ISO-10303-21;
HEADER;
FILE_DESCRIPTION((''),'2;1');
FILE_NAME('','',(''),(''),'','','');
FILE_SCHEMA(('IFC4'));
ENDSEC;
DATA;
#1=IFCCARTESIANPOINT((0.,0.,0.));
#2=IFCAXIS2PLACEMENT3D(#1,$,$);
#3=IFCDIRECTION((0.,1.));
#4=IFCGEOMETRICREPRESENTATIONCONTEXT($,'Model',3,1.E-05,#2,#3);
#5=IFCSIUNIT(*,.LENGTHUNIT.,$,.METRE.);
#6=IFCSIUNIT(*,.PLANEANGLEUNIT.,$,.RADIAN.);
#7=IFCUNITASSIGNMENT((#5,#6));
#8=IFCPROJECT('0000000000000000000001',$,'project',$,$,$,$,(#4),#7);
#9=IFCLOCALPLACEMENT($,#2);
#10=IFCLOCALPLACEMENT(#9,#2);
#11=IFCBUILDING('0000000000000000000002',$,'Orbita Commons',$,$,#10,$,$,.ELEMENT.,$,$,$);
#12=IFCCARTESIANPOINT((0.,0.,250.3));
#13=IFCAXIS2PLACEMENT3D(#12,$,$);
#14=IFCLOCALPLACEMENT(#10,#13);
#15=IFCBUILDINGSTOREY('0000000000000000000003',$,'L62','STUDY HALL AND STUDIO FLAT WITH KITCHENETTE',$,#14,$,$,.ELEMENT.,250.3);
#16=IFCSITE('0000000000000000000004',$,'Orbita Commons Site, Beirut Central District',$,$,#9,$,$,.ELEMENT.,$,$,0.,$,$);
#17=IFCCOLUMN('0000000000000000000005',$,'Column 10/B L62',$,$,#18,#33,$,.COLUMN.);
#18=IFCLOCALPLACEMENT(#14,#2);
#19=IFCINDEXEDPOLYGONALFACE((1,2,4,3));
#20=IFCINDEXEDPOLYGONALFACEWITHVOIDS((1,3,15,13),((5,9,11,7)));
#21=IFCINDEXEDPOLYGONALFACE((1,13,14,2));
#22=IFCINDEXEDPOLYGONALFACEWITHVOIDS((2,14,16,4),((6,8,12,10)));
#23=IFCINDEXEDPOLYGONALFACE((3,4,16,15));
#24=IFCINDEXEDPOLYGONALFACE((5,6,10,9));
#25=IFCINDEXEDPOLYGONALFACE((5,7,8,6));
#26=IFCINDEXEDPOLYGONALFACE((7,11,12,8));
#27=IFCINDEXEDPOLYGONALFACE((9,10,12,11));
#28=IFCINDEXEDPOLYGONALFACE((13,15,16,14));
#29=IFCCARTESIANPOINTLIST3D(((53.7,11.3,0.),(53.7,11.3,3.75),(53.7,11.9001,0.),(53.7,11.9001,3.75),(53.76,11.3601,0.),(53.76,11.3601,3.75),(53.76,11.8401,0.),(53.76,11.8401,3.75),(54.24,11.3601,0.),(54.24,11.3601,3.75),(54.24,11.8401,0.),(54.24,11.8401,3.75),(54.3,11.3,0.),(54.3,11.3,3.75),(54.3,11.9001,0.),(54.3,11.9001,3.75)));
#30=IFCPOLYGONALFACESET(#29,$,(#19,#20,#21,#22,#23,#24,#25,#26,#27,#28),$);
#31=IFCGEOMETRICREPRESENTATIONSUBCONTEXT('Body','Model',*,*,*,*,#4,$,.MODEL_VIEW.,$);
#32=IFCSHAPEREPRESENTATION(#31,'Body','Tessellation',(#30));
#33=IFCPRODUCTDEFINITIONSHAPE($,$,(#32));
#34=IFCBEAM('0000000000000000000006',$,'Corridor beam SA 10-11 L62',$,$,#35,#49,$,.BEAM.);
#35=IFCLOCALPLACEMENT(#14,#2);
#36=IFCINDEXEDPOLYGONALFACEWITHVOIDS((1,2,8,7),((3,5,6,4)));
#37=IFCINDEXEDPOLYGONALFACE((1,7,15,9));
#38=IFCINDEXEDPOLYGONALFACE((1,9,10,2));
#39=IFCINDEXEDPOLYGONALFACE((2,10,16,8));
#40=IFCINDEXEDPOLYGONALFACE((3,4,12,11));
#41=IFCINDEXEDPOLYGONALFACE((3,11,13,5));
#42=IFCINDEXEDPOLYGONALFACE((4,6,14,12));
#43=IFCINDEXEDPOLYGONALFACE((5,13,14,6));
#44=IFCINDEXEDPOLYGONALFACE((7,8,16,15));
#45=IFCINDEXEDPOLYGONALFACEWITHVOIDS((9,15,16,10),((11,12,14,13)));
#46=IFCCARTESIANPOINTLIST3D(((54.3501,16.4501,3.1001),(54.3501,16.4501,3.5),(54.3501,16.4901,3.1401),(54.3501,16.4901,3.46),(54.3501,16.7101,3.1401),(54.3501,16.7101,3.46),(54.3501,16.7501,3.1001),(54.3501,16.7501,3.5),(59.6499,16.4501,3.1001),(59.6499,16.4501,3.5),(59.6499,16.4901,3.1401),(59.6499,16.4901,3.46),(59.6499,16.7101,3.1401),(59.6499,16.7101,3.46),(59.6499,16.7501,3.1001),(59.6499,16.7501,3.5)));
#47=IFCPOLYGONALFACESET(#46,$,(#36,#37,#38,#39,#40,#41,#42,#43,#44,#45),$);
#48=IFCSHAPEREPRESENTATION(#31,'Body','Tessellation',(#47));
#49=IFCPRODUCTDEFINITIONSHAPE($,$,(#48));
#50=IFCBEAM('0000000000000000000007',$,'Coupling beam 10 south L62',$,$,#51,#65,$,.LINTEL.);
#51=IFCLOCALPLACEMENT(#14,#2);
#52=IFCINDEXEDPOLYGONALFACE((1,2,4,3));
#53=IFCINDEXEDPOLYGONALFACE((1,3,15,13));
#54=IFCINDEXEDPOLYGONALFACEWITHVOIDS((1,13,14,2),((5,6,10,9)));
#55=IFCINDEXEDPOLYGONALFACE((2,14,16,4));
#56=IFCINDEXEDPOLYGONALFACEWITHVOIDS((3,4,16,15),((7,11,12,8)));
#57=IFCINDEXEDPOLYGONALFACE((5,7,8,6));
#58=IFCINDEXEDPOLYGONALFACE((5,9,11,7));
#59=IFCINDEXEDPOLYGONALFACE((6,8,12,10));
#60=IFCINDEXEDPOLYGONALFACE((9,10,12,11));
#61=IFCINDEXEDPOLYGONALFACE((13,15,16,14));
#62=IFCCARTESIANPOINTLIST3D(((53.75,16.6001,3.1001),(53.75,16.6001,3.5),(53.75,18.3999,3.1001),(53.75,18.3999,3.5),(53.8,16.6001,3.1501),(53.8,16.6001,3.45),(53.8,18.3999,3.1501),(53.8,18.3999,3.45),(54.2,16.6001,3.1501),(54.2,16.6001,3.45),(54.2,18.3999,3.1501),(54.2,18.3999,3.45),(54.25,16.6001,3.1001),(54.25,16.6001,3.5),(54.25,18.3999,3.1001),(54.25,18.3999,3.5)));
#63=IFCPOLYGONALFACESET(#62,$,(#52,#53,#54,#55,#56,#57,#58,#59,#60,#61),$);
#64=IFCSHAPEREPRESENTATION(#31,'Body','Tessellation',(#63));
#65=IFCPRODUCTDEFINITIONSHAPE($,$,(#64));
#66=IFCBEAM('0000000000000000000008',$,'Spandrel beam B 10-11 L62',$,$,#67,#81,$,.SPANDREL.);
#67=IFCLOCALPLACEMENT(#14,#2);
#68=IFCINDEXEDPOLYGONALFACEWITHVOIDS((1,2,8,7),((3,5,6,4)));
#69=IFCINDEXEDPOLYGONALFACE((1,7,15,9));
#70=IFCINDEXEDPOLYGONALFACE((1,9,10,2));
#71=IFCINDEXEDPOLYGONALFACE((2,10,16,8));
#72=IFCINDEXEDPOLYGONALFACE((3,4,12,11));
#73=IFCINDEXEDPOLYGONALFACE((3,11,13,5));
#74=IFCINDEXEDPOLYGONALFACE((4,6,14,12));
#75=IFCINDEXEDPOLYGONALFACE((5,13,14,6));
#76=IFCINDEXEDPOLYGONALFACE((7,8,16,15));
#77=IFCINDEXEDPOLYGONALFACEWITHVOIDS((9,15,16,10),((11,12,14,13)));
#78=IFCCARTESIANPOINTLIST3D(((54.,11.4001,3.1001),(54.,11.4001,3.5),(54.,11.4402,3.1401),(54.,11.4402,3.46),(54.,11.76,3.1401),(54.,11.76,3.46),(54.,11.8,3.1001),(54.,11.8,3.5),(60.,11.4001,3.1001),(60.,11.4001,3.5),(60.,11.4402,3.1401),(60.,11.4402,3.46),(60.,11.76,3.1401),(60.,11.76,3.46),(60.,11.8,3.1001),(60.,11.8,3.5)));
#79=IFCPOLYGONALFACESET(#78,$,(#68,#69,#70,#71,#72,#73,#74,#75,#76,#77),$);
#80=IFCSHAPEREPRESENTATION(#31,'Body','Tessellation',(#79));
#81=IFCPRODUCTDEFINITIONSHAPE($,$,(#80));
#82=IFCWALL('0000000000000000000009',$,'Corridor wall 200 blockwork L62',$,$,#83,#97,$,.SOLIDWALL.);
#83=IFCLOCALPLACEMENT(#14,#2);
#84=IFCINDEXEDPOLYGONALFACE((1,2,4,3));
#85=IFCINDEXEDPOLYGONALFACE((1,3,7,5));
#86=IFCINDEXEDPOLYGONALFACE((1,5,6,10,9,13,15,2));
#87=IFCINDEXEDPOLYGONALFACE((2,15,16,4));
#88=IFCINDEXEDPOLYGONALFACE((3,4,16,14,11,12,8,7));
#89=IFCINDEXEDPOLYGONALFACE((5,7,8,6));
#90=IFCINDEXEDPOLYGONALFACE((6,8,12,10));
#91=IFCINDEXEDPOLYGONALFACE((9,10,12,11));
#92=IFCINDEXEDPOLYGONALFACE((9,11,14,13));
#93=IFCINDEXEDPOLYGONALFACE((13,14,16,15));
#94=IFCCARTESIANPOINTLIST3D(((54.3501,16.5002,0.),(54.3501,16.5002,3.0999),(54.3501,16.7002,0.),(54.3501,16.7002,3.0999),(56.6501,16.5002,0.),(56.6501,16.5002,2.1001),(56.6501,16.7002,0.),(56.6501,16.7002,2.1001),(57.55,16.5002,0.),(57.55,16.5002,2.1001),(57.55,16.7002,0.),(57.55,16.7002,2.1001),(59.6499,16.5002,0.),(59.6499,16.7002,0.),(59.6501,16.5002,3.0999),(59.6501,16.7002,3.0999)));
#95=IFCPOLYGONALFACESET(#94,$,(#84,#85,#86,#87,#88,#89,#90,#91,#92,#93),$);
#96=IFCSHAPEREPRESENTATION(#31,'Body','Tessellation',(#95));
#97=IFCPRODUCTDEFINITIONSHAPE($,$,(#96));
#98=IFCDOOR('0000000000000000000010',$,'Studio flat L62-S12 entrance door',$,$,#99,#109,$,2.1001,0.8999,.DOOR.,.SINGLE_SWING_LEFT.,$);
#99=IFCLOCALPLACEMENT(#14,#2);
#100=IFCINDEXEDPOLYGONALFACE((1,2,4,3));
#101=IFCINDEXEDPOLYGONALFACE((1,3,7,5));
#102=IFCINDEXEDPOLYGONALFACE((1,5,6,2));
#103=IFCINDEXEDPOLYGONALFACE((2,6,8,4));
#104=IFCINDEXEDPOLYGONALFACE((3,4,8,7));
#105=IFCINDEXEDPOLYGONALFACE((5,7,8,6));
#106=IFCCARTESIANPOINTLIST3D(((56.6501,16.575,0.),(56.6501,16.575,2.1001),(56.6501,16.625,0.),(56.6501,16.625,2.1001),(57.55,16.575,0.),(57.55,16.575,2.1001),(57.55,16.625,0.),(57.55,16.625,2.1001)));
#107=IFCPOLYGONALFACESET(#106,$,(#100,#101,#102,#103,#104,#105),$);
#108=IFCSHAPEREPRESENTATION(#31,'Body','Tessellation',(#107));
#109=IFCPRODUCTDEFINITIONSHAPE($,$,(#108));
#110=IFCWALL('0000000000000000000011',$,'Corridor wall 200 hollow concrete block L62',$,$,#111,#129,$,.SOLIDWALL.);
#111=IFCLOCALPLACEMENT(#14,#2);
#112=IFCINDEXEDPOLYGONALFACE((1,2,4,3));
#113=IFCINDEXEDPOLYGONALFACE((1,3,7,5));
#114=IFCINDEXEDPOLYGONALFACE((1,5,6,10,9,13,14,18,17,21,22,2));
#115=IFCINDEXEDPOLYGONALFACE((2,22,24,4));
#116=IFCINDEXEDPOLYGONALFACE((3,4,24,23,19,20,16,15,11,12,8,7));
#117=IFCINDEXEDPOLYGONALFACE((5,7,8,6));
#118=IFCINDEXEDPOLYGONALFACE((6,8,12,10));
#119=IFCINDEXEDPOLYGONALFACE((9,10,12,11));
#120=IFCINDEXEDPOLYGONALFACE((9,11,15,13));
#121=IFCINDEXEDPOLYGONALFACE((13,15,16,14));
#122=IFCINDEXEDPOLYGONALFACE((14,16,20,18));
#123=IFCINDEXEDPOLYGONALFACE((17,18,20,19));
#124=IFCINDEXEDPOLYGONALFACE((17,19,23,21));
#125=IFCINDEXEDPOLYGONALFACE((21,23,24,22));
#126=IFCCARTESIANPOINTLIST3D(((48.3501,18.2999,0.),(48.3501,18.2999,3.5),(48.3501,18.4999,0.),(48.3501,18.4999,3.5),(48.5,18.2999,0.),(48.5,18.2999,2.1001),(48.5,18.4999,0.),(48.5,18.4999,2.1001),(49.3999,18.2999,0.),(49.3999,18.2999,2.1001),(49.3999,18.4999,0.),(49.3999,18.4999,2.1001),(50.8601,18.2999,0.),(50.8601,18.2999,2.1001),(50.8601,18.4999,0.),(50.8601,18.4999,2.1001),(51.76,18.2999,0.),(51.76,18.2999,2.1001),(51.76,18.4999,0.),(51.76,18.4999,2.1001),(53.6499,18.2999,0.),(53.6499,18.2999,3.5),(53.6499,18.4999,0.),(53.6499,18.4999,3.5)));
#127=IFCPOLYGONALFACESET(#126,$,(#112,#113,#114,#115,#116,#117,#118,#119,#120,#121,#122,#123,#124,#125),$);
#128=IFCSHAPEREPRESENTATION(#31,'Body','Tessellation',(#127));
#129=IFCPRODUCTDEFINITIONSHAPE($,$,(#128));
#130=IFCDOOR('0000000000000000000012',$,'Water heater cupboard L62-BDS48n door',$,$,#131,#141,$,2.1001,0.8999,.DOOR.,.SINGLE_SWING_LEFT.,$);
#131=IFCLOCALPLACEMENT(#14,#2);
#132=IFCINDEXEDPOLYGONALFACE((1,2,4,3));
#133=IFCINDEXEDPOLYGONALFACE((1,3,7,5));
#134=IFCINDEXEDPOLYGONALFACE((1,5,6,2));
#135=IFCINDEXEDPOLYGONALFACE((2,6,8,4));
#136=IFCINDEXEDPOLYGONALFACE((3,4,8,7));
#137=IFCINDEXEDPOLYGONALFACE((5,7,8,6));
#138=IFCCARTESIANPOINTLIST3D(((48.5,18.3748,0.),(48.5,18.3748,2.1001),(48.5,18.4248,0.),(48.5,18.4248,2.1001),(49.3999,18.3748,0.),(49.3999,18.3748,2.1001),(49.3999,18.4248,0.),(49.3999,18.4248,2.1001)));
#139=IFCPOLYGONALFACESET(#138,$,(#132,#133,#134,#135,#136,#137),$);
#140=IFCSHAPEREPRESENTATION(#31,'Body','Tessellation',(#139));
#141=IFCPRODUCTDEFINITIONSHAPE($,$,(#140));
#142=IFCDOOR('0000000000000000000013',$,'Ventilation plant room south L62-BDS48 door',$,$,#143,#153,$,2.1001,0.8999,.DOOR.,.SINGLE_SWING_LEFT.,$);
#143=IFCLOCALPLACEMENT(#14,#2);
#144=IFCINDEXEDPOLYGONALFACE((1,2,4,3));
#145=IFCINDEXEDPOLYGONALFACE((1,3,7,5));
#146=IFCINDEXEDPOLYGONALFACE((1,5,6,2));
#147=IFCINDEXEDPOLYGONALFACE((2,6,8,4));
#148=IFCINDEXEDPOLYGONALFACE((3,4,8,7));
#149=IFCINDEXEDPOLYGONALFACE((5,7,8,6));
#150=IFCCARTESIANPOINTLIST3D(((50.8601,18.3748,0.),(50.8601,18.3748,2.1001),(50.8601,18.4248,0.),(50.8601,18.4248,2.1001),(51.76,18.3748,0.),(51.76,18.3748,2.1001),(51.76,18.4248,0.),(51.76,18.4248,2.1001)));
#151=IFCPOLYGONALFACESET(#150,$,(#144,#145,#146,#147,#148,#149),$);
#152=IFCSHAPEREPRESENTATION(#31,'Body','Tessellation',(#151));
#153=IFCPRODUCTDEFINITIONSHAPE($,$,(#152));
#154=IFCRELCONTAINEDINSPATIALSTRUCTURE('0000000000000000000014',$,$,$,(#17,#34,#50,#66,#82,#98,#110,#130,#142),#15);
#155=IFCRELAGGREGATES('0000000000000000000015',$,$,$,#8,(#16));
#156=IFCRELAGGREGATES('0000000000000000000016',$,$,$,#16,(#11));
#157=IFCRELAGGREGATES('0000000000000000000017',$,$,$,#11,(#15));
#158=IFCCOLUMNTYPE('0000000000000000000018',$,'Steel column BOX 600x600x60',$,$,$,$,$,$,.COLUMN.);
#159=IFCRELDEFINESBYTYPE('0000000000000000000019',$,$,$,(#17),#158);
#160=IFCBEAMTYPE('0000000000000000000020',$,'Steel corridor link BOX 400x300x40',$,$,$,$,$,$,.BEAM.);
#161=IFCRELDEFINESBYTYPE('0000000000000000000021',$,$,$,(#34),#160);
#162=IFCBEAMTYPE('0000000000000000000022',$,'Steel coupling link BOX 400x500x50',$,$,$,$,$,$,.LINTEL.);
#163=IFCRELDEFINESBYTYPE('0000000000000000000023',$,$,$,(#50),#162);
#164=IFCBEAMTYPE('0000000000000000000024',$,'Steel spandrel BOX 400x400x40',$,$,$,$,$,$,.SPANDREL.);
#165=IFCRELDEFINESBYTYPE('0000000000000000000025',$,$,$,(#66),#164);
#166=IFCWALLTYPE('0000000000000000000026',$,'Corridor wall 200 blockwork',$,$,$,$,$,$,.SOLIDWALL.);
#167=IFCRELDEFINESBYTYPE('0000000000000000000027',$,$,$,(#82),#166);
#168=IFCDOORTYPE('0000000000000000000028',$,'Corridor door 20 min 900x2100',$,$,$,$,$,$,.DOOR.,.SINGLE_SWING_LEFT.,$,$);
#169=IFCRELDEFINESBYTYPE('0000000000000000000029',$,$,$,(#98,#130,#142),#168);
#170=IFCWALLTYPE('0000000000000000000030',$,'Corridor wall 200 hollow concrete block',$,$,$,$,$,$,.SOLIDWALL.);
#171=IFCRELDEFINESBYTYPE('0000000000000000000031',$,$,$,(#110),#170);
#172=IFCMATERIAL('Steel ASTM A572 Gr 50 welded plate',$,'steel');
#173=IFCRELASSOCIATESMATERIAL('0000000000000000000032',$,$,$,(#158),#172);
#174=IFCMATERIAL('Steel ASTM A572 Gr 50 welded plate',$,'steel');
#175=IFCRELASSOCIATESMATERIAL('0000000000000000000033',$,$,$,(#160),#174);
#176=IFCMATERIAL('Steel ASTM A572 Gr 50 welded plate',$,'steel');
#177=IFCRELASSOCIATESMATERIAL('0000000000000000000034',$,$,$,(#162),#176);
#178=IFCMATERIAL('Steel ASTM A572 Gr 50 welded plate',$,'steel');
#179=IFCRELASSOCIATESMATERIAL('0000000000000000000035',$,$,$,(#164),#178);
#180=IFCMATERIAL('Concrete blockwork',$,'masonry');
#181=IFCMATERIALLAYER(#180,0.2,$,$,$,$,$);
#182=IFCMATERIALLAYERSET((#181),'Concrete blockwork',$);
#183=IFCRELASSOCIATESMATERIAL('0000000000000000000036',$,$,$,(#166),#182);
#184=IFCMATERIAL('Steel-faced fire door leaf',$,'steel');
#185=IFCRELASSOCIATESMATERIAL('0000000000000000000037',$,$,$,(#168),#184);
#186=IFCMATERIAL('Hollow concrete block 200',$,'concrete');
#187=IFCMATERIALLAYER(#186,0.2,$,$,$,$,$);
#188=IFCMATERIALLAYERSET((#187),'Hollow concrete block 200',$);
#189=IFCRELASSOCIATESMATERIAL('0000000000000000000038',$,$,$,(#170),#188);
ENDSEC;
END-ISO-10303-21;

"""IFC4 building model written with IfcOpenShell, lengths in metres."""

from ifc_helpers import new_model, si_unit, direction, frame, frame_2d, origin, origin_2d, place, context, subcontext, project, spatial, polyline, rectangle, hollow_rectangle, outline, extrude, material, layer, layer_set, material_profile, profile_set, type_object, element, fill, save


model = new_model("IFC4")

# Units and contexts
model_context = context("Model", 3, precision=1e-05, world=origin(), true_north=direction((0.0, 1.0)))
body_context = subcontext(model_context, "Body", "Model", "MODEL_VIEW")
ifc_project = project(units=[si_unit("LENGTHUNIT", "METRE"), si_unit("PLANEANGLEUNIT", "RADIAN")], contexts=[model_context])

# Site, building, storey
site_placement = place(None, origin())
site = spatial("IfcSite", under=ifc_project, at=site_placement, Name="Orbita Commons Site, Beirut Central District", CompositionType="ELEMENT", RefElevation=0.0)
building_placement = place(site_placement, origin())
building = spatial("IfcBuilding", under=site, at=building_placement, Name="Orbita Commons", CompositionType="ELEMENT")
storey_placement = place(building_placement, frame((0.0, 0.0, 250.3)))
storey = spatial("IfcBuildingStorey", under=building, at=storey_placement, Name="L62", Description="STUDY HALL AND STUDIO FLAT WITH KITCHENETTE", CompositionType="ELEMENT", Elevation=250.3)

# Column
ifc_material_1 = material(Name="Steel ASTM A572 Gr 50 welded plate", Category="steel")
ifc_material_profile_1 = material_profile(ifc_material_1, hollow_rectangle(XDim=0.6001, YDim=0.6001, WallThickness=0.0601, at=origin_2d()), Name="BOX 600x600x60")
ifc_profile_set_1 = profile_set([ifc_material_profile_1], Name="Steel ASTM A572 Gr 50 welded plate")
column_type = type_object("IfcColumnType", Name="Steel column BOX 600x600x60", PredefinedType="COLUMN", material=ifc_profile_set_1)
column_placement = place(storey_placement, frame((54.0, 11.6001, 0.0), z_axis=(0.0, 0.0, 1.0), x_axis=(1.0, 0.0, 0.0)))
element("IfcColumn", 1, at=column_placement, inside=storey, type_object=column_type, Name="Column 10/B L62", PredefinedType="COLUMN", context=body_context, shape_type="SweptSolid", body=[
    extrude(hollow_rectangle(XDim=0.6001, YDim=0.6001, WallThickness=0.0601, at=origin_2d()), origin(), (0.0, 0.0, 1.0), 3.75),
])

# Beams
ifc_material_2 = material(Name="Steel ASTM A572 Gr 50 welded plate", Category="steel")
ifc_material_profile_2 = material_profile(ifc_material_2, hollow_rectangle(XDim=0.3, YDim=0.3999, WallThickness=0.04, at=origin_2d()), Name="BOX 400x300x40")
ifc_profile_set_2 = profile_set([ifc_material_profile_2], Name="Steel ASTM A572 Gr 50 welded plate")
beam_type_1 = type_object("IfcBeamType", Name="Steel corridor link BOX 400x300x40", PredefinedType="BEAM", material=ifc_profile_set_2)
beam_1_placement = place(storey_placement, frame((54.3501, 16.6001, 3.3), z_axis=(1.0, 0.0, 0.0), x_axis=(0.0, 1.0, 0.0)))
element("IfcBeam", 2, at=beam_1_placement, inside=storey, type_object=beam_type_1, Name="Corridor beam SA 10-11 L62", PredefinedType="BEAM", context=body_context, shape_type="SweptSolid", body=[
    extrude(hollow_rectangle(XDim=0.3, YDim=0.3999, WallThickness=0.04, at=origin_2d()), origin(), (0.0, 0.0, 1.0), 5.2998),
])
ifc_material_3 = material(Name="Steel ASTM A572 Gr 50 welded plate", Category="steel")
ifc_material_profile_3 = material_profile(ifc_material_3, hollow_rectangle(XDim=0.5, YDim=0.3999, WallThickness=0.05, at=origin_2d()), Name="BOX 400x500x50")
ifc_profile_set_3 = profile_set([ifc_material_profile_3], Name="Steel ASTM A572 Gr 50 welded plate")
beam_type_2 = type_object("IfcBeamType", Name="Steel coupling link BOX 400x500x50", PredefinedType="LINTEL", material=ifc_profile_set_3)
beam_2_placement = place(storey_placement, frame((54.0, 16.6001, 3.3), z_axis=(0.0, 1.0, 0.0), x_axis=(-1.0, 0.0, 0.0)))
element("IfcBeam", 3, at=beam_2_placement, inside=storey, type_object=beam_type_2, Name="Coupling beam 10 south L62", PredefinedType="LINTEL", context=body_context, shape_type="SweptSolid", body=[
    extrude(hollow_rectangle(XDim=0.5, YDim=0.3999, WallThickness=0.05, at=origin_2d()), origin(), (0.0, 0.0, 1.0), 1.7998),
])
ifc_material_4 = material(Name="Steel ASTM A572 Gr 50 welded plate", Category="steel")
ifc_material_profile_4 = material_profile(ifc_material_4, hollow_rectangle(XDim=0.3999, YDim=0.3999, WallThickness=0.04, at=origin_2d()), Name="BOX 400x400x40")
ifc_profile_set_4 = profile_set([ifc_material_profile_4], Name="Steel ASTM A572 Gr 50 welded plate")
beam_type_3 = type_object("IfcBeamType", Name="Steel spandrel BOX 400x400x40", PredefinedType="SPANDREL", material=ifc_profile_set_4)
beam_3_placement = place(storey_placement, frame((54.0, 11.6001, 3.3), z_axis=(1.0, 0.0, 0.0), x_axis=(0.0, 1.0, 0.0)))
element("IfcBeam", 4, at=beam_3_placement, inside=storey, type_object=beam_type_3, Name="Spandrel beam B 10-11 L62", PredefinedType="SPANDREL", context=body_context, shape_type="SweptSolid", body=[
    extrude(hollow_rectangle(XDim=0.3999, YDim=0.3999, WallThickness=0.04, at=origin_2d()), origin(), (0.0, 0.0, 1.0), 6.0),
])

# Wall, opening, door
ifc_material_5 = material(Name="Concrete blockwork", Category="masonry")
ifc_layer_1 = layer(ifc_material_5, 0.2)
ifc_layer_set_1 = layer_set([ifc_layer_1], Name="Concrete blockwork")
wall_type_1 = type_object("IfcWallType", Name="Corridor wall 200 blockwork", PredefinedType="SOLIDWALL", material=ifc_layer_set_1)
wall_1_placement = place(storey_placement, frame((54.3501, 16.6001, 0.0), z_axis=(0.0, 0.0, 1.0), x_axis=(1.0, 0.0, 0.0)))
wall_1 = element("IfcWall", 5, at=wall_1_placement, inside=storey, type_object=wall_type_1, Name="Corridor wall 200 blockwork L62", PredefinedType="SOLIDWALL", context=body_context, shape_type="SweptSolid", body=[
    extrude(outline(polyline([(0.0, 0.0), (5.2998, 0.0), (5.3, 3.0999), (0.0, 3.0999), (0.0, 0.0)])), frame((0.0, 0.1001, 0.0), z_axis=(0.0, -1.0, 0.0), x_axis=(1.0, 0.0, 0.0)), (0.0, 0.0, 1.0), 0.2),
])
opening_1_placement = place(wall_1_placement, frame((2.3, 0.0, 0.0)))
opening_1 = element("IfcOpeningElement", 6, at=opening_1_placement, cuts=wall_1, PredefinedType="OPENING", context=body_context, shape_type="SweptSolid", body=[
    extrude(rectangle(XDim=0.8999, YDim=2.1001, at=frame_2d((0.45, 1.05))), frame((0.0, 0.1099, 0.0), z_axis=(0.0, -1.0, 0.0), x_axis=(1.0, 0.0, 0.0)), (0.0, 0.0, 1.0), 0.22),
])
ifc_material_6 = material(Name="Steel-faced fire door leaf", Category="steel")
door_type_1 = type_object("IfcDoorType", Name="Corridor door 20 min 900x2100", OperationType="SINGLE_SWING_LEFT", PredefinedType="DOOR", material=ifc_material_6)
door_1_placement = place(opening_1_placement, origin())
door_1 = element("IfcDoor", 7, at=door_1_placement, inside=storey, type_object=door_type_1, Name="Studio flat L62-S12 entrance door", OperationType="SINGLE_SWING_LEFT", OverallHeight=2.1001, OverallWidth=0.8999, PredefinedType="DOOR", context=body_context, shape_type="SweptSolid", body=[
    extrude(rectangle(XDim=0.8999, YDim=2.1001, at=frame_2d((0.45, 1.05))), frame((0.0, 0.0249, 0.0), z_axis=(0.0, -1.0, 0.0), x_axis=(1.0, 0.0, 0.0)), (0.0, 0.0, 1.0), 0.05),
])
fill(opening_1, door_1)

# Wall, openings, doors
ifc_material_7 = material(Name="Hollow concrete block 200", Category="concrete")
ifc_layer_2 = layer(ifc_material_7, 0.2)
ifc_layer_set_2 = layer_set([ifc_layer_2], Name="Hollow concrete block 200")
wall_type_2 = type_object("IfcWallType", Name="Corridor wall 200 hollow concrete block", PredefinedType="SOLIDWALL", material=ifc_layer_set_2)
wall_2_placement = place(storey_placement, frame((48.3501, 18.3999, 0.0), z_axis=(0.0, 0.0, 1.0), x_axis=(1.0, 0.0, 0.0)))
wall_2 = element("IfcWall", 8, at=wall_2_placement, inside=storey, type_object=wall_type_2, Name="Corridor wall 200 hollow concrete block L62", PredefinedType="SOLIDWALL", context=body_context, shape_type="SweptSolid", body=[
    extrude(rectangle(XDim=5.2998, YDim=0.2, at=frame_2d((2.6499, 0.0))), origin(), (0.0, 0.0, 1.0), 3.5),
])
opening_2_placement = place(wall_2_placement, frame((0.1499, 0.0, 0.0)))
opening_2 = element("IfcOpeningElement", 9, at=opening_2_placement, cuts=wall_2, PredefinedType="OPENING", context=body_context, shape_type="SweptSolid", body=[
    extrude(rectangle(XDim=0.8999, YDim=2.1001, at=frame_2d((0.45, 1.05))), frame((0.0, 0.1099, 0.0), z_axis=(0.0, -1.0, 0.0), x_axis=(1.0, 0.0, 0.0)), (0.0, 0.0, 1.0), 0.22),
])
opening_3_placement = place(wall_2_placement, frame((2.51, 0.0, 0.0)))
opening_3 = element("IfcOpeningElement", 10, at=opening_3_placement, cuts=wall_2, PredefinedType="OPENING", context=body_context, shape_type="SweptSolid", body=[
    extrude(rectangle(XDim=0.8999, YDim=2.1001, at=frame_2d((0.45, 1.05))), frame((0.0, 0.1099, 0.0), z_axis=(0.0, -1.0, 0.0), x_axis=(1.0, 0.0, 0.0)), (0.0, 0.0, 1.0), 0.22),
])
door_2_placement = place(opening_2_placement, origin())
door_2 = element("IfcDoor", 11, at=door_2_placement, inside=storey, type_object=door_type_1, Name="Water heater cupboard L62-BDS48n door", OperationType="SINGLE_SWING_LEFT", OverallHeight=2.1001, OverallWidth=0.8999, PredefinedType="DOOR", context=body_context, shape_type="SweptSolid", body=[
    extrude(rectangle(XDim=0.8999, YDim=2.1001, at=frame_2d((0.45, 1.05))), frame((0.0, 0.0249, 0.0), z_axis=(0.0, -1.0, 0.0), x_axis=(1.0, 0.0, 0.0)), (0.0, 0.0, 1.0), 0.05),
])
fill(opening_2, door_2)
door_3_placement = place(opening_3_placement, origin())
door_3 = element("IfcDoor", 12, at=door_3_placement, inside=storey, type_object=door_type_1, Name="Ventilation plant room south L62-BDS48 door", OperationType="SINGLE_SWING_LEFT", OverallHeight=2.1001, OverallWidth=0.8999, PredefinedType="DOOR", context=body_context, shape_type="SweptSolid", body=[
    extrude(rectangle(XDim=0.8999, YDim=2.1001, at=frame_2d((0.45, 1.05))), frame((0.0, 0.0249, 0.0), z_axis=(0.0, -1.0, 0.0), x_axis=(1.0, 0.0, 0.0)), (0.0, 0.0, 1.0), 0.05),
])
fill(opening_3, door_3)

save(model, "model.ifc")
